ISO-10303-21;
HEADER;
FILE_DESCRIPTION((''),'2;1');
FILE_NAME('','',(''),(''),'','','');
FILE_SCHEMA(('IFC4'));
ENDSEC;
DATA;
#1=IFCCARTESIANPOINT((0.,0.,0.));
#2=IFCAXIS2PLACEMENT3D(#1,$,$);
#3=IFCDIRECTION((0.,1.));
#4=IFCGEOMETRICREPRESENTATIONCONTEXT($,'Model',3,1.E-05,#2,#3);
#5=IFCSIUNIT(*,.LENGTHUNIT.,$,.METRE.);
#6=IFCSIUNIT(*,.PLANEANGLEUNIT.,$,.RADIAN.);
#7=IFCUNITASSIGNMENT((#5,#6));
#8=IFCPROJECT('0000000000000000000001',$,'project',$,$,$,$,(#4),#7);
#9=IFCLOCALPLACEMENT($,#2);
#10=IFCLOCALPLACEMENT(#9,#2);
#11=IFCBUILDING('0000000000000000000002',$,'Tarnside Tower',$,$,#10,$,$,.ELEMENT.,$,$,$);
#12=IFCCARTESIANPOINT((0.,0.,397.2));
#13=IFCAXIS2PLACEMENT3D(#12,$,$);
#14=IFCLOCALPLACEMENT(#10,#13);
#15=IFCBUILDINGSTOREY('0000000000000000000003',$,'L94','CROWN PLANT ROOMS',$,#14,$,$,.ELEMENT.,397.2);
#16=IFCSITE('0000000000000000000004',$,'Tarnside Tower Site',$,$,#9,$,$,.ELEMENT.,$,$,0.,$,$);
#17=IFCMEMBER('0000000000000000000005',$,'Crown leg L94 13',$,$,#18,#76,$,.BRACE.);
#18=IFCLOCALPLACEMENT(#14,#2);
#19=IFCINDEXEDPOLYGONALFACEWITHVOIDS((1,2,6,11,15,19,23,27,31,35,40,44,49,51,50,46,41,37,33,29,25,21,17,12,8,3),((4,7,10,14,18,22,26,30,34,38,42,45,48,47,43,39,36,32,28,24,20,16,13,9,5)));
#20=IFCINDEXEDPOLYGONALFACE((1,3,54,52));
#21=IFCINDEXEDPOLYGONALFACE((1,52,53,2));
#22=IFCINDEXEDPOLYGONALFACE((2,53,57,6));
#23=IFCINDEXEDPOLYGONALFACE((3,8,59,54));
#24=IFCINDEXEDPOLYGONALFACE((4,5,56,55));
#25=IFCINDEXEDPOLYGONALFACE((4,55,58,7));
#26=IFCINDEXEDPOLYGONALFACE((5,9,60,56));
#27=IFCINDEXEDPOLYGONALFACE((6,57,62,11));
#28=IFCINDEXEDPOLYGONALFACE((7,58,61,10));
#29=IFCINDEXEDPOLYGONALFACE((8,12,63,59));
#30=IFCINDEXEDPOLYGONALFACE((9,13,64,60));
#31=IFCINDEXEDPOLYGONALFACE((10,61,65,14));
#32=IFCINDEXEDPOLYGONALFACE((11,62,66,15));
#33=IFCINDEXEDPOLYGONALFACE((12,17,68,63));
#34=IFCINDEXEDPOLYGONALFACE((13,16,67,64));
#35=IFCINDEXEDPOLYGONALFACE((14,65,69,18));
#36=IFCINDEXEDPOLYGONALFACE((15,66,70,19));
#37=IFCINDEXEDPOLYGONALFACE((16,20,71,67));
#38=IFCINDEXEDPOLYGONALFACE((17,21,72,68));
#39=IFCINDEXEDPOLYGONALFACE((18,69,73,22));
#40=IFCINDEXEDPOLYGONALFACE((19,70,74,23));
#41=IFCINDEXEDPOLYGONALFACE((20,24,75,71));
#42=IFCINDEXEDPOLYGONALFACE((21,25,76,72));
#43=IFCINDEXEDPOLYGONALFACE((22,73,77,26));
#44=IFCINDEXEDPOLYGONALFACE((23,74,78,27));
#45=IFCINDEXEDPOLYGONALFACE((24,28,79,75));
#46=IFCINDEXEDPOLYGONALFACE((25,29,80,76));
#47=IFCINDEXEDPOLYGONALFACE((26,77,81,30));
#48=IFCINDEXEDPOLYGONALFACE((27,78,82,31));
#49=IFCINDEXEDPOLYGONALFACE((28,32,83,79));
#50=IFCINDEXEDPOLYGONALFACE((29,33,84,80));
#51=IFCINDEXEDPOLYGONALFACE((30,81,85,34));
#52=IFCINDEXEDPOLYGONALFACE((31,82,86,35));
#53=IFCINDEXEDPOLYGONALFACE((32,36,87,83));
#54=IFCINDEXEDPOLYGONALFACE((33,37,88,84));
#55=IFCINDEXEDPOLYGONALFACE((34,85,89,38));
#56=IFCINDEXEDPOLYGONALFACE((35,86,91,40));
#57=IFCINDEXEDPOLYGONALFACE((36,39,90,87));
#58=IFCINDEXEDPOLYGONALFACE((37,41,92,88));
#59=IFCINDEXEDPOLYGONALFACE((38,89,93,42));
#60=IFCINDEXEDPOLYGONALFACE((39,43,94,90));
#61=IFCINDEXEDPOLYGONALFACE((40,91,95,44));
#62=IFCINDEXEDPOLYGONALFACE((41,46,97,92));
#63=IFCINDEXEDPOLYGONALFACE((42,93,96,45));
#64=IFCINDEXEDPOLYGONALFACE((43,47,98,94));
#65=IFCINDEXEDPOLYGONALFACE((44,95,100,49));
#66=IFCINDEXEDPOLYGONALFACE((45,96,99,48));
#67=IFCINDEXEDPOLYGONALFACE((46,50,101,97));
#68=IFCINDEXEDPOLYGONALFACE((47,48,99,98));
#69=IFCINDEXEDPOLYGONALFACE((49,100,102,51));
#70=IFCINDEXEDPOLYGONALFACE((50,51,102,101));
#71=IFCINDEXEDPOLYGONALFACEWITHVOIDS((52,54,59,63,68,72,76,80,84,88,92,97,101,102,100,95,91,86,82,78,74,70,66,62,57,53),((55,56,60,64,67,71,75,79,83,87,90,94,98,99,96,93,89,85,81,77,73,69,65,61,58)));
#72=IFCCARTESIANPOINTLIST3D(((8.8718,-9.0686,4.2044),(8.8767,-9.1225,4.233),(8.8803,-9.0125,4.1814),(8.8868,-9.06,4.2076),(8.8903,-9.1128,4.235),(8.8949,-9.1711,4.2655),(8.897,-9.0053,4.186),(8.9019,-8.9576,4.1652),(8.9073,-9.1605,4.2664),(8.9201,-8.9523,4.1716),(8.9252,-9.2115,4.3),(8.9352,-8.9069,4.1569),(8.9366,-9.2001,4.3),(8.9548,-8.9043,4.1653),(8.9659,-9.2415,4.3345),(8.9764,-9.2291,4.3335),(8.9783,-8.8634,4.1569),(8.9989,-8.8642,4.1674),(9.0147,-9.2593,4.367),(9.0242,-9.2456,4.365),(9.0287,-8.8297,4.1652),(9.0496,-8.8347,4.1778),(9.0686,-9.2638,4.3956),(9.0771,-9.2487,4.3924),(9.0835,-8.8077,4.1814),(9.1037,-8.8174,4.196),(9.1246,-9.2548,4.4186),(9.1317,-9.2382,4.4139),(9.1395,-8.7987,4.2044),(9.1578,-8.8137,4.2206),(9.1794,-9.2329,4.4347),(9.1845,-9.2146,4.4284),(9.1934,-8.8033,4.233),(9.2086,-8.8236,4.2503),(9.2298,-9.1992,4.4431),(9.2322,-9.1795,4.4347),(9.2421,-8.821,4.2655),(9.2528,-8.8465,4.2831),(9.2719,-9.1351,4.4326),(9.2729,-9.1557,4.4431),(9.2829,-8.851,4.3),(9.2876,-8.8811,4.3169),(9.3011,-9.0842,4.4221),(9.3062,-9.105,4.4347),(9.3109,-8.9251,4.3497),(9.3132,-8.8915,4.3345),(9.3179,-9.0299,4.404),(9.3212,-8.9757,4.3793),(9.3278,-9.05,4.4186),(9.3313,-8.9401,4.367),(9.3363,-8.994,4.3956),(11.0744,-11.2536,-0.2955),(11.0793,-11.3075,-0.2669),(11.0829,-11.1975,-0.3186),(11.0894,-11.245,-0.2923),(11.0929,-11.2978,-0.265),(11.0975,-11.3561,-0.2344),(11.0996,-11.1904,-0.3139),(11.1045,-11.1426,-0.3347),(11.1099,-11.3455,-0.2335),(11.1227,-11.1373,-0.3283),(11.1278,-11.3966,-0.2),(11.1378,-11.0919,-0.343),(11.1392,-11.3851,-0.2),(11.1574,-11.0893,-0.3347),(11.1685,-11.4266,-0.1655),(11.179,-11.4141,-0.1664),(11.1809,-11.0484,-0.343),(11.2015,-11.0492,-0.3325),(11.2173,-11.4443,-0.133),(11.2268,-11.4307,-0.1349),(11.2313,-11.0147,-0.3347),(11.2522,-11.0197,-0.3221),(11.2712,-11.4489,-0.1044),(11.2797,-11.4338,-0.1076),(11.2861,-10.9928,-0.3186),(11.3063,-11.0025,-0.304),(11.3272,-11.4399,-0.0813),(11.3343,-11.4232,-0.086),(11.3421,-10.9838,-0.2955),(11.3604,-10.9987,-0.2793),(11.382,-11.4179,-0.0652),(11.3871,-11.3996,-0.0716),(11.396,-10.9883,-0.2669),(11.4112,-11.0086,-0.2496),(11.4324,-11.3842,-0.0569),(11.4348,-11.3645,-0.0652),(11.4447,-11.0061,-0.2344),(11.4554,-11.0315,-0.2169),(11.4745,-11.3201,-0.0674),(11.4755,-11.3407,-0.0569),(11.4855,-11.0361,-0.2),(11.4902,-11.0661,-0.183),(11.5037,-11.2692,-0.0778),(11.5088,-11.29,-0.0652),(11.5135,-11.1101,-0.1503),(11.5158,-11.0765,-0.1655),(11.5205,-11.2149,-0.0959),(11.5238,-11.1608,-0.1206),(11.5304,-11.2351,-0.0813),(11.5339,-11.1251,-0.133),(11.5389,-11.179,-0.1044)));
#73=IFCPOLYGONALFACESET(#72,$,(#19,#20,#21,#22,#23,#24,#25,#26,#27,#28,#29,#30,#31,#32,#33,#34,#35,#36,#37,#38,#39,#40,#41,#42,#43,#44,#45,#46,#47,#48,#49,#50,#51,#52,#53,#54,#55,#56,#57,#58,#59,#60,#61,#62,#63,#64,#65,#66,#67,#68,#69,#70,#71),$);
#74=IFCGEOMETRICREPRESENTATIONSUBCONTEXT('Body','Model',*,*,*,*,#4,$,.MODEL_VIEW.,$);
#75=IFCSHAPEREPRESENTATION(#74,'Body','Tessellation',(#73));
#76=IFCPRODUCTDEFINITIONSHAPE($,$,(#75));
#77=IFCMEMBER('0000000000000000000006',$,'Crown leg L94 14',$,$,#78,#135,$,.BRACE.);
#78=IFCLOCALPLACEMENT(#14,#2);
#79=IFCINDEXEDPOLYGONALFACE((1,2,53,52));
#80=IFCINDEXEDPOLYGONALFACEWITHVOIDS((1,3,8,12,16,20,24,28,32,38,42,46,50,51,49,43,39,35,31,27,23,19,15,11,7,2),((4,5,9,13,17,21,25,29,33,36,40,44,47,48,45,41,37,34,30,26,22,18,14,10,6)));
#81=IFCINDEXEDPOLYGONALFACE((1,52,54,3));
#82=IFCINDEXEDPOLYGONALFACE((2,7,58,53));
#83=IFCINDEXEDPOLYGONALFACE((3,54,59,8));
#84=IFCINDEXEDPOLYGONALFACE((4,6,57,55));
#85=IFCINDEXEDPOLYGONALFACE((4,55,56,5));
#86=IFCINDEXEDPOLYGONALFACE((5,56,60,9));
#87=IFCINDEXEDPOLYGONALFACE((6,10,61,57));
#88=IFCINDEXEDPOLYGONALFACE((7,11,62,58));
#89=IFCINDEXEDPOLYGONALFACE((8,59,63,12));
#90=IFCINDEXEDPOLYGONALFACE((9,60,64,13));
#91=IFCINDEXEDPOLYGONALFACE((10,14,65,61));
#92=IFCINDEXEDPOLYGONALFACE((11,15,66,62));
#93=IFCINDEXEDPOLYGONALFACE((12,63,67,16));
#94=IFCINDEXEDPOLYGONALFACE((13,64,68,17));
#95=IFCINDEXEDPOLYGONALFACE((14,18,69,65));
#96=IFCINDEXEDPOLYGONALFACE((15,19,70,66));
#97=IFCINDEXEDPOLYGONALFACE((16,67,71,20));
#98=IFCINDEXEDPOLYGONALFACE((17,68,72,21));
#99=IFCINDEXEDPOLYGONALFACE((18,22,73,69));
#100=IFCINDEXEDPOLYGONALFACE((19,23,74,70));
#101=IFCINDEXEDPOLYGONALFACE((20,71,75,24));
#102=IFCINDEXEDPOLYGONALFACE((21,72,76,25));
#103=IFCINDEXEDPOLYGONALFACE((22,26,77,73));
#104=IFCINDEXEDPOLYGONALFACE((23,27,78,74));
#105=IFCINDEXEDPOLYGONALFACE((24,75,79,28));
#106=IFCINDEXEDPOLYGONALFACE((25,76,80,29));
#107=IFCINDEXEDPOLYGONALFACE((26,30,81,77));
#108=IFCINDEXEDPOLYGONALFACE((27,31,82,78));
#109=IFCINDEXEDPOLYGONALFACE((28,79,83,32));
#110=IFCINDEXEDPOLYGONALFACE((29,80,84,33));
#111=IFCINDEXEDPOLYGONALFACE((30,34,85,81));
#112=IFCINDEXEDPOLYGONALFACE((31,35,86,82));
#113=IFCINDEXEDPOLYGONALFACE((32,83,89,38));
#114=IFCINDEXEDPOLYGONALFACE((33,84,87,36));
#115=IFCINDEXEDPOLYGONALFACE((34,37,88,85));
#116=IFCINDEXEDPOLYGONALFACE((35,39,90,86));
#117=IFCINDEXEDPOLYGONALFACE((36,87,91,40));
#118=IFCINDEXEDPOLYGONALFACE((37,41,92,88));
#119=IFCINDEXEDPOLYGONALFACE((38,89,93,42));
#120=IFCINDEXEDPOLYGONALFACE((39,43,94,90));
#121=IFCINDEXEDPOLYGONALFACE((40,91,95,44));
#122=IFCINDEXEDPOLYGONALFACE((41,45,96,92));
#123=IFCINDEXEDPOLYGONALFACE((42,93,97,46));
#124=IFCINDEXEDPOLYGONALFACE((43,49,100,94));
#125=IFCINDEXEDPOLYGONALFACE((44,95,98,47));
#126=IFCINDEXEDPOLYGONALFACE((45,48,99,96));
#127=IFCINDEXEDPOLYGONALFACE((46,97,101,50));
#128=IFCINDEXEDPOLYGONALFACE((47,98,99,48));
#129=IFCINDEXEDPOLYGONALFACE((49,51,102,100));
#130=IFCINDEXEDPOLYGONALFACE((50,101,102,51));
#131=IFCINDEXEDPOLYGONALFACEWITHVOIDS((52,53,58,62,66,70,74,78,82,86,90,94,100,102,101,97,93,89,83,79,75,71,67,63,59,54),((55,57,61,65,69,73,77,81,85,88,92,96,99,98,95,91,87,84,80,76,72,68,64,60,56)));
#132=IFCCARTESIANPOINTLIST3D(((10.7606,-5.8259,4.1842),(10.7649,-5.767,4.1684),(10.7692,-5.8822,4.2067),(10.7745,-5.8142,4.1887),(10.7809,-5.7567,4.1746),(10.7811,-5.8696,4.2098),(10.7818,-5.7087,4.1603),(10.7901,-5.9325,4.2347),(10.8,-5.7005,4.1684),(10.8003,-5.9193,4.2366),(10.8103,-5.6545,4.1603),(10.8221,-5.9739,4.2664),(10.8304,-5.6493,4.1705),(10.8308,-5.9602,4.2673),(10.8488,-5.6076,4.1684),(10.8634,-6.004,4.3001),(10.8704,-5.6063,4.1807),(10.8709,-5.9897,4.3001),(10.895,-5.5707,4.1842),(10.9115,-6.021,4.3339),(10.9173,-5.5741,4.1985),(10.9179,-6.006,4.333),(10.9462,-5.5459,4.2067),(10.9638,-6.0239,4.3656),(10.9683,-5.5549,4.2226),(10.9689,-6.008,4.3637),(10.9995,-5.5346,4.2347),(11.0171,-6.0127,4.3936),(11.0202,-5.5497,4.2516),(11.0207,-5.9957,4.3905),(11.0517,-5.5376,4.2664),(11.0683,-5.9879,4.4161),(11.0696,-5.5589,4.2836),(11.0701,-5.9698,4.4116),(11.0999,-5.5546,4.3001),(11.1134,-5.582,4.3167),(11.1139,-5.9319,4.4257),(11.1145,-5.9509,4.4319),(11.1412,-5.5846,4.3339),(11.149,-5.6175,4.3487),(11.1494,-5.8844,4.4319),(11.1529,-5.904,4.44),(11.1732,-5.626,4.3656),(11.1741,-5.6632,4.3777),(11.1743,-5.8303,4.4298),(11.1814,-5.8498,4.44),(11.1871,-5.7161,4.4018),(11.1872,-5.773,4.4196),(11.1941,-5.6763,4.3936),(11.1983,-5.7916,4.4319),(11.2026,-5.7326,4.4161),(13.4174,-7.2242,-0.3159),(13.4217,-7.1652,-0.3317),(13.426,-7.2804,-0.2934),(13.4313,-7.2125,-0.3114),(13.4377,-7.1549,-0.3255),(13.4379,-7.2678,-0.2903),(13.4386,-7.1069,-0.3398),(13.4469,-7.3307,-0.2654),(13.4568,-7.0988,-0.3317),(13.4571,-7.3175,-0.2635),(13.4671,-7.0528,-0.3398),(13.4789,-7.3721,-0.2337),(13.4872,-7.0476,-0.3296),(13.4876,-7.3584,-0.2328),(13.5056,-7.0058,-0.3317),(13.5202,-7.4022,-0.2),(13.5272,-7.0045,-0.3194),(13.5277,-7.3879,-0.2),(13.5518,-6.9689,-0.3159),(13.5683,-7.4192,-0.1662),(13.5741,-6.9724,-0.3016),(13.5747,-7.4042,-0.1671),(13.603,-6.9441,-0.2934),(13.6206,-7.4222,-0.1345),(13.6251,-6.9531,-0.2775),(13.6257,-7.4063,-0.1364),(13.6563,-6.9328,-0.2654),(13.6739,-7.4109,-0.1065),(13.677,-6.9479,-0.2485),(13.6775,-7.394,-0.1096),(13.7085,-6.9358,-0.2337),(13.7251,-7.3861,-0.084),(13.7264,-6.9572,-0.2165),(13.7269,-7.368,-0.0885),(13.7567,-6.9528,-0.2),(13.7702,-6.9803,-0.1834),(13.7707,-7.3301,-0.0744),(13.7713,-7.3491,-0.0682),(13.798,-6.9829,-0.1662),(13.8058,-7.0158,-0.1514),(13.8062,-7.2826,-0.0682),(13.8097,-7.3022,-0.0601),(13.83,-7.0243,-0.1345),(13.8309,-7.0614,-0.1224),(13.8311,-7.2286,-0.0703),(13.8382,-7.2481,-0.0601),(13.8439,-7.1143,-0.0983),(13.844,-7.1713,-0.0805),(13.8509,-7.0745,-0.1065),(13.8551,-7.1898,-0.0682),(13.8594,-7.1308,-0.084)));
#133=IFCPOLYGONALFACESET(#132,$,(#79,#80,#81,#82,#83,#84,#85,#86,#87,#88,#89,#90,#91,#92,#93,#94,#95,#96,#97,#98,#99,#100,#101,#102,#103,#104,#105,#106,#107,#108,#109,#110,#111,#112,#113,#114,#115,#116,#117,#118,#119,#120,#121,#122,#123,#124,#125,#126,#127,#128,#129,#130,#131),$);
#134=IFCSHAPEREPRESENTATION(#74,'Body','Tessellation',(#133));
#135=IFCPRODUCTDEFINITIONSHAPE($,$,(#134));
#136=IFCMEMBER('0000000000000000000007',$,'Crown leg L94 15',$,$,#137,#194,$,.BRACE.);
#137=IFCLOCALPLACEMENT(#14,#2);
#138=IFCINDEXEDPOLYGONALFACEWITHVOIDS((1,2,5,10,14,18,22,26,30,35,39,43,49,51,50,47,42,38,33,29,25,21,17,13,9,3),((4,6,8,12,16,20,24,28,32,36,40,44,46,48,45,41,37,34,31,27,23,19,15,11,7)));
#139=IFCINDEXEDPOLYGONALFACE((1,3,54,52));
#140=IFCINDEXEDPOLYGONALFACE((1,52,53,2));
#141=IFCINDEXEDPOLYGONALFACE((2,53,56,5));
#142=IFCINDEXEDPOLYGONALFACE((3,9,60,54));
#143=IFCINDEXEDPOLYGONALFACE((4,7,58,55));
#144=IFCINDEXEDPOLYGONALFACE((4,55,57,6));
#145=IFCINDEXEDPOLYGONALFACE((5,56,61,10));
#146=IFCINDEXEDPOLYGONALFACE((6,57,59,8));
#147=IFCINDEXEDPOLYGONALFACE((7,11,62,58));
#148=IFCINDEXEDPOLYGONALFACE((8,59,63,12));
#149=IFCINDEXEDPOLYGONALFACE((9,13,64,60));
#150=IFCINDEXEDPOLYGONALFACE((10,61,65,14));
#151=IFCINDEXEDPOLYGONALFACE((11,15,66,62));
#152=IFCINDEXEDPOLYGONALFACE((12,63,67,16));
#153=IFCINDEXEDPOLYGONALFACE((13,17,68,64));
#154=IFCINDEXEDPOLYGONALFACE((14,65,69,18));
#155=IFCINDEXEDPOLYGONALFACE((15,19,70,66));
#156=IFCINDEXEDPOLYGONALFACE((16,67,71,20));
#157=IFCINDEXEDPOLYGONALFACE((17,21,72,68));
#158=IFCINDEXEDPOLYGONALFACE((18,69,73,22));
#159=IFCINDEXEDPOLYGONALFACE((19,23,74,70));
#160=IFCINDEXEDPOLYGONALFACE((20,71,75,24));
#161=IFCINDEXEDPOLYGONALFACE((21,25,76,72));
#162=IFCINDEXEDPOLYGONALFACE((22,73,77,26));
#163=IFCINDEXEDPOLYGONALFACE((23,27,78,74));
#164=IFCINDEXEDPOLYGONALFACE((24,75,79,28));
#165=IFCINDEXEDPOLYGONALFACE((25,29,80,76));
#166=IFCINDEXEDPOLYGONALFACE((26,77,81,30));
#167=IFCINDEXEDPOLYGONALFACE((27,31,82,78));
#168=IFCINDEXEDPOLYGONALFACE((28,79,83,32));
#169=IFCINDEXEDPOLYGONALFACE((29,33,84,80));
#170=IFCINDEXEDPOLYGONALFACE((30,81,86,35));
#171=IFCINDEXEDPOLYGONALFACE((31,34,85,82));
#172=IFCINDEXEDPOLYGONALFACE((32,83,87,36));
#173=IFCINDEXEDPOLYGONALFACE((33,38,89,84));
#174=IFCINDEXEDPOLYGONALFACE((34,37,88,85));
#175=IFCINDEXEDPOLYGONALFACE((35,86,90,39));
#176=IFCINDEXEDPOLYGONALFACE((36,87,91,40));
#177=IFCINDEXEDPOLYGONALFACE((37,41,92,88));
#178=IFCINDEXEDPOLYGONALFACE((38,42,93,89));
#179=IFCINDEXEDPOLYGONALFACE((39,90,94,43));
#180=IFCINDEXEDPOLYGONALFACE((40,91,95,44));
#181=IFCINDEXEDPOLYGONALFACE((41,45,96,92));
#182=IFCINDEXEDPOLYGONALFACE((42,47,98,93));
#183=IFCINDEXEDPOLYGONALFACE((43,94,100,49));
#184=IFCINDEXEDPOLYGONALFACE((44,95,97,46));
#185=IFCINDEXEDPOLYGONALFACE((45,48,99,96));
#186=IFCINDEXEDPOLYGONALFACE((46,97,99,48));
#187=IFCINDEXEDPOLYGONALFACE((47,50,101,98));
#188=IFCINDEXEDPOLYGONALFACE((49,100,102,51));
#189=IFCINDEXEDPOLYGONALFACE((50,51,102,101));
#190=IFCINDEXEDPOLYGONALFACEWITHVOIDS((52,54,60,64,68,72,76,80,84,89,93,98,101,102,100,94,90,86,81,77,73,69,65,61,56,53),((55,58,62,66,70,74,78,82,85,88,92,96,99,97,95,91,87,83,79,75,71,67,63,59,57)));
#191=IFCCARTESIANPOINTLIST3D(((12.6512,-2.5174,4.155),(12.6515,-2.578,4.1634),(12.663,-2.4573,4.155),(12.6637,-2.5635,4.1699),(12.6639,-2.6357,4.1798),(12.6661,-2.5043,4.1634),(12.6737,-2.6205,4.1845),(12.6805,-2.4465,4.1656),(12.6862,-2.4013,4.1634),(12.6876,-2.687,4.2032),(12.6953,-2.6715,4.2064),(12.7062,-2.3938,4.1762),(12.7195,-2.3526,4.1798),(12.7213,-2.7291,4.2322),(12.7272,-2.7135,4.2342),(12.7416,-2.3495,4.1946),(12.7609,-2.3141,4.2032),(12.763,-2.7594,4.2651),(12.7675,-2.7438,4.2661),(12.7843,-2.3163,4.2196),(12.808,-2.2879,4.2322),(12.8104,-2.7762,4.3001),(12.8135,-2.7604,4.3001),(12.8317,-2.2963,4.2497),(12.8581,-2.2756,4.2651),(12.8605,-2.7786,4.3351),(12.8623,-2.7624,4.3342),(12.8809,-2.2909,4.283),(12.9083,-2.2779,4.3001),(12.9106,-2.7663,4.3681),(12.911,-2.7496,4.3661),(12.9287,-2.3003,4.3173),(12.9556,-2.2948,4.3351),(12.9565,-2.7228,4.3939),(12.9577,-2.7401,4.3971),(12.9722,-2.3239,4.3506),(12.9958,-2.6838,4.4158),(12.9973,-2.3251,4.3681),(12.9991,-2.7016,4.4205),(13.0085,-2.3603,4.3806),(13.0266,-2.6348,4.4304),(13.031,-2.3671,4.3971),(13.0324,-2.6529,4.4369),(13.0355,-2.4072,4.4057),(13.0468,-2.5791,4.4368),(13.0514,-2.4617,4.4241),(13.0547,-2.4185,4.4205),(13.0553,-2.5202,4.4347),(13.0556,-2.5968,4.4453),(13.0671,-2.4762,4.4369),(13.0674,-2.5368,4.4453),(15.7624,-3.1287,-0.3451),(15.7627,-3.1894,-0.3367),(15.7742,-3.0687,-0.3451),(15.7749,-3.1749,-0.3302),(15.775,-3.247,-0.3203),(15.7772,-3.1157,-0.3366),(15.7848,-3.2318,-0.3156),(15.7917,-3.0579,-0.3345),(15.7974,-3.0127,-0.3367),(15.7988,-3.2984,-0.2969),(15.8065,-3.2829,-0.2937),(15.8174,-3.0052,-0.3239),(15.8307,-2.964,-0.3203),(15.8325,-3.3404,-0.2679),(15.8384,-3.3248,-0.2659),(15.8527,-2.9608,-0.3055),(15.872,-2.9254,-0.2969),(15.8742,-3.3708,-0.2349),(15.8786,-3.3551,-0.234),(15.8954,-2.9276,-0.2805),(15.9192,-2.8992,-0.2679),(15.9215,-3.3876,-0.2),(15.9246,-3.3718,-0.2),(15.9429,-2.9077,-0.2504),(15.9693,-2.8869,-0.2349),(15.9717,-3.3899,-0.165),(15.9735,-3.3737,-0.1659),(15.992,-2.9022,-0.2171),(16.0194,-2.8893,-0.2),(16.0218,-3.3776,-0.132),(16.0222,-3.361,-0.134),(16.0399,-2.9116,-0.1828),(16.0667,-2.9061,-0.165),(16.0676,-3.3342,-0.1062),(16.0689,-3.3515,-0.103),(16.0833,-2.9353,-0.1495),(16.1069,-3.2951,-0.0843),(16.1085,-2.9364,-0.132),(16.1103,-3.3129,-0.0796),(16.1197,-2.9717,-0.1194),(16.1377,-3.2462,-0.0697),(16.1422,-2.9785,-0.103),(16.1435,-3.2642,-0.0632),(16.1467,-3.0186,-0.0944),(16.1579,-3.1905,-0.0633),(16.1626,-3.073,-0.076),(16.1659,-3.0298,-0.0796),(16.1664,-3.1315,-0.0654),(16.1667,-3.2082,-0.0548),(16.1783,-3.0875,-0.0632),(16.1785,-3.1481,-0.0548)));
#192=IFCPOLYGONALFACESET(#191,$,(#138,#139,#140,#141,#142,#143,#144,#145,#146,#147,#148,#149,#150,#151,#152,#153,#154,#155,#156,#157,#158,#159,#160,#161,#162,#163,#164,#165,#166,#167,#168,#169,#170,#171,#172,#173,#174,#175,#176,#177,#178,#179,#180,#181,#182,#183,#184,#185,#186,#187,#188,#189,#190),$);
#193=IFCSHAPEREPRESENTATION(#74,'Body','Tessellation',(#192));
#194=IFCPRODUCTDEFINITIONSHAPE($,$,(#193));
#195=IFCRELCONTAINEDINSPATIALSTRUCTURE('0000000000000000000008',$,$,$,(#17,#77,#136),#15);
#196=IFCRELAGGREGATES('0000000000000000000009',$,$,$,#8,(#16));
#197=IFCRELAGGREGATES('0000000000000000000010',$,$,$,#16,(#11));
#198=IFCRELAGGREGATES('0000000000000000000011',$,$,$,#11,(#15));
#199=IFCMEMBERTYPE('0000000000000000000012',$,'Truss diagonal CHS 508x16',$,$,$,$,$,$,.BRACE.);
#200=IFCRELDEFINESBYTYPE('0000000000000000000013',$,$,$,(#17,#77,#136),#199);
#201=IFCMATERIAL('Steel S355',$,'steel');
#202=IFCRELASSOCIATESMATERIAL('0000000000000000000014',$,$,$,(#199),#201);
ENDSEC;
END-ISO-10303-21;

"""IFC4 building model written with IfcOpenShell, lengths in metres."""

from ifc_helpers import new_model, si_unit, direction, frame, origin, origin_2d, place, context, subcontext, project, spatial, hollow_circle, extrude, material, material_profile, profile_set, type_object, element, save


model = new_model("IFC4")

# Units and contexts
model_context = context("Model", 3, precision=1e-05, world=origin(), true_north=direction((0.0, 1.0)))
body_context = subcontext(model_context, "Body", "Model", "MODEL_VIEW")
ifc_project = project(units=[si_unit("LENGTHUNIT", "METRE"), si_unit("PLANEANGLEUNIT", "RADIAN")], contexts=[model_context])

# Site, building, storey
site_placement = place(None, origin())
site = spatial("IfcSite", under=ifc_project, at=site_placement, Name="Tarnside Tower Site", CompositionType="ELEMENT", RefElevation=0.0)
building_placement = place(site_placement, origin())
building = spatial("IfcBuilding", under=site, at=building_placement, Name="Tarnside Tower", CompositionType="ELEMENT")
storey_placement = place(building_placement, frame((0.0, 0.0, 397.2)))
storey = spatial("IfcBuildingStorey", under=building, at=storey_placement, Name="L94", Description="CROWN PLANT ROOMS", CompositionType="ELEMENT", Elevation=397.2)

# Shared definitions
ifc_material_1 = material(Name="Steel S355", Category="steel")

# Members
ifc_material_profile_1 = material_profile(ifc_material_1, hollow_circle(Radius=0.2539, WallThickness=0.0161, at=origin_2d()), Name="CHS 508x16")
ifc_profile_set_1 = profile_set([ifc_material_profile_1], Name="Steel S355")
member_type_1 = type_object("IfcMemberType", Name="Truss diagonal CHS 508x16", PredefinedType="BRACE", material=ifc_profile_set_1)
member_1_placement = place(storey_placement, frame((11.3066, -11.2163, -0.2), z_axis=(-0.402978, 0.399762, 0.823286), x_axis=(-0.704268, -0.709934, 0.0)))
element("IfcMember", 1, at=member_1_placement, inside=storey, type_object=member_type_1, Name="Crown leg L94 13", PredefinedType="BRACE", context=body_context, shape_type="SweptSolid", body=[
    extrude(hollow_circle(Radius=0.2539, WallThickness=0.0161, at=origin_2d()), origin(), (0.0, 0.0, 1.0), 5.4658),
])
member_2_placement = place(storey_placement, frame((13.6384, -7.1775, -0.2), z_axis=(-0.49112, 0.258468, 0.831863), x_axis=(-0.465723, -0.884931, 0.0)))
element("IfcMember", 2, at=member_2_placement, inside=storey, type_object=member_type_1, Name="Crown leg L94 14", PredefinedType="BRACE", context=body_context, shape_type="SweptSolid", body=[
    extrude(hollow_circle(Radius=0.2539, WallThickness=0.0161, at=origin_2d()), origin(), (0.0, 0.0, 1.0), 5.4097),
])
member_3_placement = place(storey_placement, frame((15.9705, -3.1384, -0.2), z_axis=(-0.565161, 0.111054, 0.817472), x_axis=(-0.192813, -0.981236, 0.0)))
element("IfcMember", 3, at=member_3_placement, inside=storey, type_object=member_type_1, Name="Crown leg L94 15", PredefinedType="BRACE", context=body_context, shape_type="SweptSolid", body=[
    extrude(hollow_circle(Radius=0.2539, WallThickness=0.0161, at=origin_2d()), origin(), (0.0, 0.0, 1.0), 5.5049),
])

save(model, "model.ifc")
